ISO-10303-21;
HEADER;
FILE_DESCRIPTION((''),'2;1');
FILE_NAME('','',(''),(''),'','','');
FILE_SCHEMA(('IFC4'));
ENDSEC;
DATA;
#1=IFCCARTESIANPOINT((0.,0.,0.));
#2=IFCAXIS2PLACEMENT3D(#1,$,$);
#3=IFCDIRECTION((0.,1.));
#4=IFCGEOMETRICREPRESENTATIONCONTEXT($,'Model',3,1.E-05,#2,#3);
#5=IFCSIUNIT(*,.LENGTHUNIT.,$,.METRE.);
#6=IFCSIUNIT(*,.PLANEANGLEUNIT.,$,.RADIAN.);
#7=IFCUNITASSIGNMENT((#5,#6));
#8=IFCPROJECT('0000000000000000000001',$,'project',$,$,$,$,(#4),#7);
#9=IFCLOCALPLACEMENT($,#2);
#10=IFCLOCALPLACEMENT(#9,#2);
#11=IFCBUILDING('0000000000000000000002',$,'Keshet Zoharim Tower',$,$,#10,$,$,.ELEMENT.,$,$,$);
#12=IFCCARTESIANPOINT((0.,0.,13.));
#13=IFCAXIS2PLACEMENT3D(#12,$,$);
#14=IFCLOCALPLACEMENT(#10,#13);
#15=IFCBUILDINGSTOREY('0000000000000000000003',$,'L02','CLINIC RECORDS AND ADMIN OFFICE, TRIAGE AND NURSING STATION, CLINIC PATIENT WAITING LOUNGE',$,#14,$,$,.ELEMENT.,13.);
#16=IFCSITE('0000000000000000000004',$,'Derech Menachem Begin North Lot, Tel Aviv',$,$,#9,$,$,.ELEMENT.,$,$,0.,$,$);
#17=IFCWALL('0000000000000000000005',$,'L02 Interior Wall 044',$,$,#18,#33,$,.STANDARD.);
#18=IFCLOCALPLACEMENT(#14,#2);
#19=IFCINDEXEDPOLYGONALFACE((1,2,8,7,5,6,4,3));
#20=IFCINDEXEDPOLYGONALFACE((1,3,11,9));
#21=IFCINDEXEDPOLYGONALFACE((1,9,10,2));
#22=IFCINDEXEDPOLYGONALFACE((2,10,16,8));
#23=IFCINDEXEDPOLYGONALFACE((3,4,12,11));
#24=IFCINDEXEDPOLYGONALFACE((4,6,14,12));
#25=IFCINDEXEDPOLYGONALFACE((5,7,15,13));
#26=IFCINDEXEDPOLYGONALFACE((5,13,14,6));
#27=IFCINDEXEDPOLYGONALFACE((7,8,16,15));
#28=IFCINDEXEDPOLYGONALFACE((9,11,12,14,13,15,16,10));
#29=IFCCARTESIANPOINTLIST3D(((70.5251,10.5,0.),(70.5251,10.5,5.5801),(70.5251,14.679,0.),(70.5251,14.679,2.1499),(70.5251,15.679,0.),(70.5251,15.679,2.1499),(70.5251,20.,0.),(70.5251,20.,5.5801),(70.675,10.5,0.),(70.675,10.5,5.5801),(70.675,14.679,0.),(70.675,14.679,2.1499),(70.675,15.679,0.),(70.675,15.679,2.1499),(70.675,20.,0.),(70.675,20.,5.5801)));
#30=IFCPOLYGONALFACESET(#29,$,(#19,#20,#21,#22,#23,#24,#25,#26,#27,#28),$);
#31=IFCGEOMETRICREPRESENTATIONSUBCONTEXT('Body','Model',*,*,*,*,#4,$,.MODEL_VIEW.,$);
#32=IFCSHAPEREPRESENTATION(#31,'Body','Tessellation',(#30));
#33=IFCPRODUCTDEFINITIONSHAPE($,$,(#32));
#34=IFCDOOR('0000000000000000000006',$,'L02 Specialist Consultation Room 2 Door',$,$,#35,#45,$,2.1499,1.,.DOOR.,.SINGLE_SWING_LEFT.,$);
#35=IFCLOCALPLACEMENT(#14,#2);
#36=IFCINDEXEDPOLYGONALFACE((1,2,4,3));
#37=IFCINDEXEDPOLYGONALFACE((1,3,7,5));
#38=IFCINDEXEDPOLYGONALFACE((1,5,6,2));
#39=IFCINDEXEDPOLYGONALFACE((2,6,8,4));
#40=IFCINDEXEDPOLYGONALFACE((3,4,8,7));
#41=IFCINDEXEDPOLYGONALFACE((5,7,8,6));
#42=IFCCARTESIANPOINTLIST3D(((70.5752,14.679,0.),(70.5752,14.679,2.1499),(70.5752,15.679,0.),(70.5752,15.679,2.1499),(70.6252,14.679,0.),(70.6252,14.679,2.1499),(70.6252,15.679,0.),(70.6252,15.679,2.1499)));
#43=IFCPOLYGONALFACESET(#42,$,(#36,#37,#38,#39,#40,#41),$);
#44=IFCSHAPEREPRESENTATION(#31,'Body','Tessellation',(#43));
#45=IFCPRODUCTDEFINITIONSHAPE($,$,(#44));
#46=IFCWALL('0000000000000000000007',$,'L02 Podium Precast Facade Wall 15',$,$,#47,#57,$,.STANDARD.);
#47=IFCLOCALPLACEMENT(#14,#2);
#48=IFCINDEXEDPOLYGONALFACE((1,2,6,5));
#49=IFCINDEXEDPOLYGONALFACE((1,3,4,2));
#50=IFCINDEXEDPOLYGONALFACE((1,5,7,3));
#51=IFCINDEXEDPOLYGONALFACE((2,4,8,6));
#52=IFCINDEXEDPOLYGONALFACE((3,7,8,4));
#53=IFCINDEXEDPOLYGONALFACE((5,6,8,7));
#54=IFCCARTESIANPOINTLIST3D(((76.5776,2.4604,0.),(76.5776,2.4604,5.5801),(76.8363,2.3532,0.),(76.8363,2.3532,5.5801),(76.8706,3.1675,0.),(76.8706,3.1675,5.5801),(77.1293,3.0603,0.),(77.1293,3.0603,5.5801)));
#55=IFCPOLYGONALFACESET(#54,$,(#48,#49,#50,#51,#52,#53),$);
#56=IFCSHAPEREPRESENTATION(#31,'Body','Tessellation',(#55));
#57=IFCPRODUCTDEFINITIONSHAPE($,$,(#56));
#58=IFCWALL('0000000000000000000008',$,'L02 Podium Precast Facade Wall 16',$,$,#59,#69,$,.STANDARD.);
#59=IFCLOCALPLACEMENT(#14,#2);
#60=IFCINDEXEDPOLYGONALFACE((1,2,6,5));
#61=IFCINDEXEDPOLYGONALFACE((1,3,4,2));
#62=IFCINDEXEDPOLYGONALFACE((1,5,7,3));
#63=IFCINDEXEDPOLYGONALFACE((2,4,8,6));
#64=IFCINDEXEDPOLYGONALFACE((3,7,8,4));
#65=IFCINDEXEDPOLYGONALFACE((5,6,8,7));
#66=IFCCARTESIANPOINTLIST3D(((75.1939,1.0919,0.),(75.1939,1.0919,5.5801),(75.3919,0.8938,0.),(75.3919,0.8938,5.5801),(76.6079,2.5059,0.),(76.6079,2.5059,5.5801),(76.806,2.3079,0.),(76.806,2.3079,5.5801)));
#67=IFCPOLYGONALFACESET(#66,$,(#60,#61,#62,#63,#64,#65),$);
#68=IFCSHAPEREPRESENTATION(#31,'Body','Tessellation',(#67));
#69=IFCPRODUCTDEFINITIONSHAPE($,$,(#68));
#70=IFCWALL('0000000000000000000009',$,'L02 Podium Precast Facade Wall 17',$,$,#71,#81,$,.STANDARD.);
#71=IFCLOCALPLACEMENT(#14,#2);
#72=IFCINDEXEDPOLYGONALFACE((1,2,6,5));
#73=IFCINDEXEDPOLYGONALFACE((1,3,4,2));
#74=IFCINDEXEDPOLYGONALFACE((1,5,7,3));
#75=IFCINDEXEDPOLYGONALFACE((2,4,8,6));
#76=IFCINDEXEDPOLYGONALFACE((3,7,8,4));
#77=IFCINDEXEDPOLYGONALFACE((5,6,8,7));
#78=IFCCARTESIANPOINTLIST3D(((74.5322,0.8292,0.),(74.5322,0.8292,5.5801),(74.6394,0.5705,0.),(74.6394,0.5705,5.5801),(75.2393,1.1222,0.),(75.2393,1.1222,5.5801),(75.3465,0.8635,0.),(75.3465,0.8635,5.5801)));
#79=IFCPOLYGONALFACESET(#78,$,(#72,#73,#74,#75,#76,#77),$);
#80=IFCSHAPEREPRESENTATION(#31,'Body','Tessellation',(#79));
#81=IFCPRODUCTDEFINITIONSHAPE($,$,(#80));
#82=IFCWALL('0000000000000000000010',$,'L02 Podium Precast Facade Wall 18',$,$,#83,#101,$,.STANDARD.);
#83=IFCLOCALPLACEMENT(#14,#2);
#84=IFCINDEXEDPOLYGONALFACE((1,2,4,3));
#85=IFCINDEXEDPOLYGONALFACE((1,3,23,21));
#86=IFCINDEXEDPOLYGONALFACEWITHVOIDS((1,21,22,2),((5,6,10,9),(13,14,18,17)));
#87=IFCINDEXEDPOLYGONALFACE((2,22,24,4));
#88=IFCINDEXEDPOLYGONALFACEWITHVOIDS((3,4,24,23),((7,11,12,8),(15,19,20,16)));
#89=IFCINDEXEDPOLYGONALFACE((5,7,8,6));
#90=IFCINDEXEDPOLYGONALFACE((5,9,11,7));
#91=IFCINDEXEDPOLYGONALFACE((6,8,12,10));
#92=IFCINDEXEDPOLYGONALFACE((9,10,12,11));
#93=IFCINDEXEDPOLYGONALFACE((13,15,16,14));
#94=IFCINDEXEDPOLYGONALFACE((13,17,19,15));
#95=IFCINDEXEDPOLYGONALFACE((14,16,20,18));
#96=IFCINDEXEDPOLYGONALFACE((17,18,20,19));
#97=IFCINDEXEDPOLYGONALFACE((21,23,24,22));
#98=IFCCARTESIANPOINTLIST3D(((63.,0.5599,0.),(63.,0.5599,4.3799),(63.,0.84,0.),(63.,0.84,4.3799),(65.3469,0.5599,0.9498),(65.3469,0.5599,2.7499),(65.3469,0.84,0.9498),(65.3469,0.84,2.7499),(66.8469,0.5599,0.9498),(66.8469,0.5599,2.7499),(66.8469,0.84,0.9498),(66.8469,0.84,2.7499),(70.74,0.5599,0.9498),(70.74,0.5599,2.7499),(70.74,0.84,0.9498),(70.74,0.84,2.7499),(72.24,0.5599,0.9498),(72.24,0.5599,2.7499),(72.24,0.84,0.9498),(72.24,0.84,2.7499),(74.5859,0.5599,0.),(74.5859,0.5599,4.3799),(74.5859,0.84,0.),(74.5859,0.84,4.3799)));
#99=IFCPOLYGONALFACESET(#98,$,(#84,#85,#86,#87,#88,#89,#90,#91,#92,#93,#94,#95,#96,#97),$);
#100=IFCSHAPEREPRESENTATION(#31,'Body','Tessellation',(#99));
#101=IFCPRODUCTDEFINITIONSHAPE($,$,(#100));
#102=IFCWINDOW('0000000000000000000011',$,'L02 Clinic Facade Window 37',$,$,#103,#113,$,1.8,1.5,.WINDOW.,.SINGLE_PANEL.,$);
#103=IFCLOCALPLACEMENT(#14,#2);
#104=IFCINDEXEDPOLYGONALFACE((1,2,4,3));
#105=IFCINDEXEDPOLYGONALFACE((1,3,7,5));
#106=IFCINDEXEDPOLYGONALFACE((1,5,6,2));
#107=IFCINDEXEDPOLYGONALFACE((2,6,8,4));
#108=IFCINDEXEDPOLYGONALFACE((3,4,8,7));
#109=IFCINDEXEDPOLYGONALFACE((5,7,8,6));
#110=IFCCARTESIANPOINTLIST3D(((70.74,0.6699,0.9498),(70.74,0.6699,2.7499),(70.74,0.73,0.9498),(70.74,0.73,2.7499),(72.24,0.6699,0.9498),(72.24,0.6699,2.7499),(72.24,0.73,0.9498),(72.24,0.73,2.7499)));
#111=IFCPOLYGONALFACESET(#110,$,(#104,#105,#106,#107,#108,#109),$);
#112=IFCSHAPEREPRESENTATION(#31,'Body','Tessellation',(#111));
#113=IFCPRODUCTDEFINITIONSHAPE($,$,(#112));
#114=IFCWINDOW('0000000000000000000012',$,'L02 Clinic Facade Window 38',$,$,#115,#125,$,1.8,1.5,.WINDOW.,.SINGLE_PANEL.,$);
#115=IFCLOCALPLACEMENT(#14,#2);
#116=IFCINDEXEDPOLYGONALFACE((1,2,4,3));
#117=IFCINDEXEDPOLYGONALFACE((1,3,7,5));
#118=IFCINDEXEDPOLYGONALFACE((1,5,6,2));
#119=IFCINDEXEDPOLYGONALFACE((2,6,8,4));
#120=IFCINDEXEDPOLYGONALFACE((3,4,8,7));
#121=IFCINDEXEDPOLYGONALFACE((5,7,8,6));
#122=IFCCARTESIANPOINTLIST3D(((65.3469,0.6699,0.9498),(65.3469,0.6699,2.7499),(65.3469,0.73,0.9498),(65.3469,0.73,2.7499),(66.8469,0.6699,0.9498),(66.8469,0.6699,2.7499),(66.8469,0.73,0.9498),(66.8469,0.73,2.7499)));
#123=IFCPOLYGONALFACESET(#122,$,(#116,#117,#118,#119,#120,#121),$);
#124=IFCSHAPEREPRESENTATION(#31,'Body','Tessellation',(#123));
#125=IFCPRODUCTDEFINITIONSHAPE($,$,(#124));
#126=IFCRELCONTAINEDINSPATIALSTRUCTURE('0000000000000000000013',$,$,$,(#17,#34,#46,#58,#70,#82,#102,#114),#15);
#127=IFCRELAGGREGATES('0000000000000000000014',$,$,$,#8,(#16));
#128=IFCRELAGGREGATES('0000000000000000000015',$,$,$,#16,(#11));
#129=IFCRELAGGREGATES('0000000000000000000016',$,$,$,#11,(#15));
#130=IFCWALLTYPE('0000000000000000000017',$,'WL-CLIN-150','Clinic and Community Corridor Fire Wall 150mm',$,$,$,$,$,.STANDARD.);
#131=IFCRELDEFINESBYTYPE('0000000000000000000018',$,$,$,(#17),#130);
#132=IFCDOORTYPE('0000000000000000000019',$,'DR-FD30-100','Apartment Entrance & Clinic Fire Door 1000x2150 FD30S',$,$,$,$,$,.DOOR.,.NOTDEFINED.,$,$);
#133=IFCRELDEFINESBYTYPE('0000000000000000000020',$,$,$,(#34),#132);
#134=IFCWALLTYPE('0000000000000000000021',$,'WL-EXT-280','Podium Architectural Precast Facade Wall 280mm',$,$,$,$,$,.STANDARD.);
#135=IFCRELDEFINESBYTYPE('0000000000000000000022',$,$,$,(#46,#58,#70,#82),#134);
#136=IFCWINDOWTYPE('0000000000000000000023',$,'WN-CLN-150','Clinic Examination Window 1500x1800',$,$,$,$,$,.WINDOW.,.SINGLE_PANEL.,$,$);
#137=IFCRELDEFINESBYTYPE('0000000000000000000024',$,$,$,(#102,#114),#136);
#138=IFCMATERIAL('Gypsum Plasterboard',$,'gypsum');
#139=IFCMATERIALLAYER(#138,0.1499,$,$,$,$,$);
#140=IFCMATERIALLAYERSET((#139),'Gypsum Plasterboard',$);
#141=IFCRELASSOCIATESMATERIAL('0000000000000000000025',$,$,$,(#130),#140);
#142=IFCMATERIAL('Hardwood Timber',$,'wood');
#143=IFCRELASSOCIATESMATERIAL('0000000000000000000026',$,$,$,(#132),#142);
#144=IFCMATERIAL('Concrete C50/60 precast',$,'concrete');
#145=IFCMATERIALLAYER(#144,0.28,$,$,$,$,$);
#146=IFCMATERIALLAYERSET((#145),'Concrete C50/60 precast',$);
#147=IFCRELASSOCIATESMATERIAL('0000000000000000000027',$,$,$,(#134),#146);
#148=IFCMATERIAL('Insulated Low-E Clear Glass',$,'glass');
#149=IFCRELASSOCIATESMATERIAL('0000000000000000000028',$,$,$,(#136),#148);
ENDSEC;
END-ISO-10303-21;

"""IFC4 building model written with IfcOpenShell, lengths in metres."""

from ifc_helpers import new_model, si_unit, direction, frame, frame_2d, origin, place, context, subcontext, project, spatial, rectangle, extrude, material, layer, layer_set, type_object, element, fill, save


model = new_model("IFC4")

# Units and contexts
model_context = context("Model", 3, precision=1e-05, world=origin(), true_north=direction((0.0, 1.0)))
body_context = subcontext(model_context, "Body", "Model", "MODEL_VIEW")
ifc_project = project(units=[si_unit("LENGTHUNIT", "METRE"), si_unit("PLANEANGLEUNIT", "RADIAN")], contexts=[model_context])

# Site, building, storey
site_placement = place(None, origin())
site = spatial("IfcSite", under=ifc_project, at=site_placement, Name="Derech Menachem Begin North Lot, Tel Aviv", CompositionType="ELEMENT", RefElevation=0.0)
building_placement = place(site_placement, origin())
building = spatial("IfcBuilding", under=site, at=building_placement, Name="Keshet Zoharim Tower", CompositionType="ELEMENT")
storey_placement = place(building_placement, frame((0.0, 0.0, 13.0)))
storey = spatial("IfcBuildingStorey", under=building, at=storey_placement, Name="L02", Description="CLINIC RECORDS AND ADMIN OFFICE, TRIAGE AND NURSING STATION, CLINIC PATIENT WAITING LOUNGE", CompositionType="ELEMENT", Elevation=13.0)

# Wall, opening, door
ifc_material_1 = material(Name="Gypsum Plasterboard", Category="gypsum")
ifc_layer_1 = layer(ifc_material_1, 0.1499)
ifc_layer_set_1 = layer_set([ifc_layer_1], Name="Gypsum Plasterboard")
wall_type_1 = type_object("IfcWallType", Name="WL-CLIN-150", Description="Clinic and Community Corridor Fire Wall 150mm", PredefinedType="STANDARD", material=ifc_layer_set_1)
wall_1_placement = place(storey_placement, frame((70.6001, 10.5, 0.0), z_axis=(0.0, 0.0, 1.0), x_axis=(0.0, 1.0, 0.0)))
wall_1 = element("IfcWall", 1, at=wall_1_placement, inside=storey, type_object=wall_type_1, Name="L02 Interior Wall 044", PredefinedType="STANDARD", context=body_context, shape_type="SweptSolid", body=[
    extrude(rectangle(XDim=9.5, YDim=0.1499, at=frame_2d((4.75, 0.0))), origin(), (0.0, 0.0, 1.0), 5.5801),
])
opening_1_placement = place(wall_1_placement, frame((4.179, 0.0, 0.0)))
opening_1 = element("IfcOpeningElement", 2, at=opening_1_placement, cuts=wall_1, PredefinedType="OPENING", context=body_context, shape_type="SweptSolid", body=[
    extrude(rectangle(XDim=1.0, YDim=2.1499, at=frame_2d((0.5, 1.075))), frame((0.0, 0.085, 0.0), z_axis=(0.0, -1.0, 0.0), x_axis=(1.0, 0.0, 0.0)), (0.0, 0.0, 1.0), 0.1699),
])
ifc_material_2 = material(Name="Hardwood Timber", Category="wood")
door_type = type_object("IfcDoorType", Name="DR-FD30-100", Description="Apartment Entrance & Clinic Fire Door 1000x2150 FD30S", OperationType="NOTDEFINED", PredefinedType="DOOR", material=ifc_material_2)
door_placement = place(opening_1_placement, origin())
door = element("IfcDoor", 3, at=door_placement, inside=storey, type_object=door_type, Name="L02 Specialist Consultation Room 2 Door", OperationType="SINGLE_SWING_LEFT", OverallHeight=2.1499, OverallWidth=1.0, PredefinedType="DOOR", context=body_context, shape_type="SweptSolid", body=[
    extrude(rectangle(XDim=1.0, YDim=2.1499, at=frame_2d((0.5, 1.075))), frame((0.0, 0.0249, 0.0), z_axis=(0.0, -1.0, 0.0), x_axis=(1.0, 0.0, 0.0)), (0.0, 0.0, 1.0), 0.05),
])
fill(opening_1, door)

# Walls
ifc_material_3 = material(Name="Concrete C50/60 precast", Category="concrete")
ifc_layer_2 = layer(ifc_material_3, 0.28)
ifc_layer_set_2 = layer_set([ifc_layer_2], Name="Concrete C50/60 precast")
wall_type_2 = type_object("IfcWallType", Name="WL-EXT-280", Description="Podium Architectural Precast Facade Wall 280mm", PredefinedType="STANDARD", material=ifc_layer_set_2)
wall_2_placement = place(storey_placement, frame((77.0, 3.114, 0.0), z_axis=(0.0, 0.0, 1.0), x_axis=(-0.382803, -0.92383, 0.0)))
element("IfcWall", 4, at=wall_2_placement, inside=storey, type_object=wall_type_2, Name="L02 Podium Precast Facade Wall 15", PredefinedType="STANDARD", context=body_context, shape_type="SweptSolid", body=[
    extrude(rectangle(XDim=0.7654, YDim=0.28, at=frame_2d((0.3828, 0.0))), origin(), (0.0, 0.0, 1.0), 5.5801),
])
wall_3_placement = place(storey_placement, frame((76.707, 2.407, 0.0), z_axis=(0.0, 0.0, 1.0), x_axis=(-0.707107, -0.707107, 0.0)))
element("IfcWall", 5, at=wall_3_placement, inside=storey, type_object=wall_type_2, Name="L02 Podium Precast Facade Wall 16", PredefinedType="STANDARD", context=body_context, shape_type="SweptSolid", body=[
    extrude(rectangle(XDim=1.9998, YDim=0.28, at=frame_2d((1.0, 0.0))), origin(), (0.0, 0.0, 1.0), 5.5801),
])
wall_4_placement = place(storey_placement, frame((75.293, 0.9929, 0.0), z_axis=(0.0, 0.0, 1.0), x_axis=(-0.92383, -0.382803, 0.0)))
element("IfcWall", 6, at=wall_4_placement, inside=storey, type_object=wall_type_2, Name="L02 Podium Precast Facade Wall 17", PredefinedType="STANDARD", context=body_context, shape_type="SweptSolid", body=[
    extrude(rectangle(XDim=0.7654, YDim=0.28, at=frame_2d((0.3828, 0.0))), origin(), (0.0, 0.0, 1.0), 5.5801),
])

# Wall, openings, windows
wall_5_placement = place(storey_placement, frame((74.5859, 0.7, 0.0), z_axis=(0.0, 0.0, 1.0), x_axis=(-1.0, 0.0, 0.0)))
wall_5 = element("IfcWall", 7, at=wall_5_placement, inside=storey, type_object=wall_type_2, Name="L02 Podium Precast Facade Wall 18", PredefinedType="STANDARD", context=body_context, shape_type="SweptSolid", body=[
    extrude(rectangle(XDim=11.5859, YDim=0.28, at=frame_2d((5.793, 0.0))), origin(), (0.0, 0.0, 1.0), 4.3799),
])
opening_2_placement = place(wall_5_placement, frame((2.3459, 0.0, 0.95)))
opening_2 = element("IfcOpeningElement", 8, at=opening_2_placement, cuts=wall_5, PredefinedType="OPENING", context=body_context, shape_type="SweptSolid", body=[
    extrude(rectangle(XDim=1.5, YDim=1.8, at=frame_2d((0.75, 0.8999))), frame((0.0, 0.1499, 0.0), z_axis=(0.0, -1.0, 0.0), x_axis=(1.0, 0.0, 0.0)), (0.0, 0.0, 1.0), 0.3),
])
opening_3_placement = place(wall_5_placement, frame((7.739, 0.0, 0.95)))
opening_3 = element("IfcOpeningElement", 9, at=opening_3_placement, cuts=wall_5, PredefinedType="OPENING", context=body_context, shape_type="SweptSolid", body=[
    extrude(rectangle(XDim=1.5, YDim=1.8, at=frame_2d((0.75, 0.8999))), frame((0.0, 0.1499, 0.0), z_axis=(0.0, -1.0, 0.0), x_axis=(1.0, 0.0, 0.0)), (0.0, 0.0, 1.0), 0.3),
])
ifc_material_4 = material(Name="Insulated Low-E Clear Glass", Category="glass")
window_type = type_object("IfcWindowType", Name="WN-CLN-150", Description="Clinic Examination Window 1500x1800", PartitioningType="SINGLE_PANEL", PredefinedType="WINDOW", material=ifc_material_4)
window_1_placement = place(opening_2_placement, origin())
window_1 = element("IfcWindow", 10, at=window_1_placement, inside=storey, type_object=window_type, Name="L02 Clinic Facade Window 37", OverallHeight=1.8, OverallWidth=1.5, PartitioningType="SINGLE_PANEL", PredefinedType="WINDOW", context=body_context, shape_type="SweptSolid", body=[
    extrude(rectangle(XDim=1.5, YDim=1.8, at=frame_2d((0.75, 0.8999))), frame((0.0, 0.03, 0.0), z_axis=(0.0, -1.0, 0.0), x_axis=(1.0, 0.0, 0.0)), (0.0, 0.0, 1.0), 0.0601),
])
fill(opening_2, window_1)
window_2_placement = place(opening_3_placement, origin())
window_2 = element("IfcWindow", 11, at=window_2_placement, inside=storey, type_object=window_type, Name="L02 Clinic Facade Window 38", OverallHeight=1.8, OverallWidth=1.5, PartitioningType="SINGLE_PANEL", PredefinedType="WINDOW", context=body_context, shape_type="SweptSolid", body=[
    extrude(rectangle(XDim=1.5, YDim=1.8, at=frame_2d((0.75, 0.8999))), frame((0.0, 0.03, 0.0), z_axis=(0.0, -1.0, 0.0), x_axis=(1.0, 0.0, 0.0)), (0.0, 0.0, 1.0), 0.0601),
])
fill(opening_3, window_2)

save(model, "model.ifc")
